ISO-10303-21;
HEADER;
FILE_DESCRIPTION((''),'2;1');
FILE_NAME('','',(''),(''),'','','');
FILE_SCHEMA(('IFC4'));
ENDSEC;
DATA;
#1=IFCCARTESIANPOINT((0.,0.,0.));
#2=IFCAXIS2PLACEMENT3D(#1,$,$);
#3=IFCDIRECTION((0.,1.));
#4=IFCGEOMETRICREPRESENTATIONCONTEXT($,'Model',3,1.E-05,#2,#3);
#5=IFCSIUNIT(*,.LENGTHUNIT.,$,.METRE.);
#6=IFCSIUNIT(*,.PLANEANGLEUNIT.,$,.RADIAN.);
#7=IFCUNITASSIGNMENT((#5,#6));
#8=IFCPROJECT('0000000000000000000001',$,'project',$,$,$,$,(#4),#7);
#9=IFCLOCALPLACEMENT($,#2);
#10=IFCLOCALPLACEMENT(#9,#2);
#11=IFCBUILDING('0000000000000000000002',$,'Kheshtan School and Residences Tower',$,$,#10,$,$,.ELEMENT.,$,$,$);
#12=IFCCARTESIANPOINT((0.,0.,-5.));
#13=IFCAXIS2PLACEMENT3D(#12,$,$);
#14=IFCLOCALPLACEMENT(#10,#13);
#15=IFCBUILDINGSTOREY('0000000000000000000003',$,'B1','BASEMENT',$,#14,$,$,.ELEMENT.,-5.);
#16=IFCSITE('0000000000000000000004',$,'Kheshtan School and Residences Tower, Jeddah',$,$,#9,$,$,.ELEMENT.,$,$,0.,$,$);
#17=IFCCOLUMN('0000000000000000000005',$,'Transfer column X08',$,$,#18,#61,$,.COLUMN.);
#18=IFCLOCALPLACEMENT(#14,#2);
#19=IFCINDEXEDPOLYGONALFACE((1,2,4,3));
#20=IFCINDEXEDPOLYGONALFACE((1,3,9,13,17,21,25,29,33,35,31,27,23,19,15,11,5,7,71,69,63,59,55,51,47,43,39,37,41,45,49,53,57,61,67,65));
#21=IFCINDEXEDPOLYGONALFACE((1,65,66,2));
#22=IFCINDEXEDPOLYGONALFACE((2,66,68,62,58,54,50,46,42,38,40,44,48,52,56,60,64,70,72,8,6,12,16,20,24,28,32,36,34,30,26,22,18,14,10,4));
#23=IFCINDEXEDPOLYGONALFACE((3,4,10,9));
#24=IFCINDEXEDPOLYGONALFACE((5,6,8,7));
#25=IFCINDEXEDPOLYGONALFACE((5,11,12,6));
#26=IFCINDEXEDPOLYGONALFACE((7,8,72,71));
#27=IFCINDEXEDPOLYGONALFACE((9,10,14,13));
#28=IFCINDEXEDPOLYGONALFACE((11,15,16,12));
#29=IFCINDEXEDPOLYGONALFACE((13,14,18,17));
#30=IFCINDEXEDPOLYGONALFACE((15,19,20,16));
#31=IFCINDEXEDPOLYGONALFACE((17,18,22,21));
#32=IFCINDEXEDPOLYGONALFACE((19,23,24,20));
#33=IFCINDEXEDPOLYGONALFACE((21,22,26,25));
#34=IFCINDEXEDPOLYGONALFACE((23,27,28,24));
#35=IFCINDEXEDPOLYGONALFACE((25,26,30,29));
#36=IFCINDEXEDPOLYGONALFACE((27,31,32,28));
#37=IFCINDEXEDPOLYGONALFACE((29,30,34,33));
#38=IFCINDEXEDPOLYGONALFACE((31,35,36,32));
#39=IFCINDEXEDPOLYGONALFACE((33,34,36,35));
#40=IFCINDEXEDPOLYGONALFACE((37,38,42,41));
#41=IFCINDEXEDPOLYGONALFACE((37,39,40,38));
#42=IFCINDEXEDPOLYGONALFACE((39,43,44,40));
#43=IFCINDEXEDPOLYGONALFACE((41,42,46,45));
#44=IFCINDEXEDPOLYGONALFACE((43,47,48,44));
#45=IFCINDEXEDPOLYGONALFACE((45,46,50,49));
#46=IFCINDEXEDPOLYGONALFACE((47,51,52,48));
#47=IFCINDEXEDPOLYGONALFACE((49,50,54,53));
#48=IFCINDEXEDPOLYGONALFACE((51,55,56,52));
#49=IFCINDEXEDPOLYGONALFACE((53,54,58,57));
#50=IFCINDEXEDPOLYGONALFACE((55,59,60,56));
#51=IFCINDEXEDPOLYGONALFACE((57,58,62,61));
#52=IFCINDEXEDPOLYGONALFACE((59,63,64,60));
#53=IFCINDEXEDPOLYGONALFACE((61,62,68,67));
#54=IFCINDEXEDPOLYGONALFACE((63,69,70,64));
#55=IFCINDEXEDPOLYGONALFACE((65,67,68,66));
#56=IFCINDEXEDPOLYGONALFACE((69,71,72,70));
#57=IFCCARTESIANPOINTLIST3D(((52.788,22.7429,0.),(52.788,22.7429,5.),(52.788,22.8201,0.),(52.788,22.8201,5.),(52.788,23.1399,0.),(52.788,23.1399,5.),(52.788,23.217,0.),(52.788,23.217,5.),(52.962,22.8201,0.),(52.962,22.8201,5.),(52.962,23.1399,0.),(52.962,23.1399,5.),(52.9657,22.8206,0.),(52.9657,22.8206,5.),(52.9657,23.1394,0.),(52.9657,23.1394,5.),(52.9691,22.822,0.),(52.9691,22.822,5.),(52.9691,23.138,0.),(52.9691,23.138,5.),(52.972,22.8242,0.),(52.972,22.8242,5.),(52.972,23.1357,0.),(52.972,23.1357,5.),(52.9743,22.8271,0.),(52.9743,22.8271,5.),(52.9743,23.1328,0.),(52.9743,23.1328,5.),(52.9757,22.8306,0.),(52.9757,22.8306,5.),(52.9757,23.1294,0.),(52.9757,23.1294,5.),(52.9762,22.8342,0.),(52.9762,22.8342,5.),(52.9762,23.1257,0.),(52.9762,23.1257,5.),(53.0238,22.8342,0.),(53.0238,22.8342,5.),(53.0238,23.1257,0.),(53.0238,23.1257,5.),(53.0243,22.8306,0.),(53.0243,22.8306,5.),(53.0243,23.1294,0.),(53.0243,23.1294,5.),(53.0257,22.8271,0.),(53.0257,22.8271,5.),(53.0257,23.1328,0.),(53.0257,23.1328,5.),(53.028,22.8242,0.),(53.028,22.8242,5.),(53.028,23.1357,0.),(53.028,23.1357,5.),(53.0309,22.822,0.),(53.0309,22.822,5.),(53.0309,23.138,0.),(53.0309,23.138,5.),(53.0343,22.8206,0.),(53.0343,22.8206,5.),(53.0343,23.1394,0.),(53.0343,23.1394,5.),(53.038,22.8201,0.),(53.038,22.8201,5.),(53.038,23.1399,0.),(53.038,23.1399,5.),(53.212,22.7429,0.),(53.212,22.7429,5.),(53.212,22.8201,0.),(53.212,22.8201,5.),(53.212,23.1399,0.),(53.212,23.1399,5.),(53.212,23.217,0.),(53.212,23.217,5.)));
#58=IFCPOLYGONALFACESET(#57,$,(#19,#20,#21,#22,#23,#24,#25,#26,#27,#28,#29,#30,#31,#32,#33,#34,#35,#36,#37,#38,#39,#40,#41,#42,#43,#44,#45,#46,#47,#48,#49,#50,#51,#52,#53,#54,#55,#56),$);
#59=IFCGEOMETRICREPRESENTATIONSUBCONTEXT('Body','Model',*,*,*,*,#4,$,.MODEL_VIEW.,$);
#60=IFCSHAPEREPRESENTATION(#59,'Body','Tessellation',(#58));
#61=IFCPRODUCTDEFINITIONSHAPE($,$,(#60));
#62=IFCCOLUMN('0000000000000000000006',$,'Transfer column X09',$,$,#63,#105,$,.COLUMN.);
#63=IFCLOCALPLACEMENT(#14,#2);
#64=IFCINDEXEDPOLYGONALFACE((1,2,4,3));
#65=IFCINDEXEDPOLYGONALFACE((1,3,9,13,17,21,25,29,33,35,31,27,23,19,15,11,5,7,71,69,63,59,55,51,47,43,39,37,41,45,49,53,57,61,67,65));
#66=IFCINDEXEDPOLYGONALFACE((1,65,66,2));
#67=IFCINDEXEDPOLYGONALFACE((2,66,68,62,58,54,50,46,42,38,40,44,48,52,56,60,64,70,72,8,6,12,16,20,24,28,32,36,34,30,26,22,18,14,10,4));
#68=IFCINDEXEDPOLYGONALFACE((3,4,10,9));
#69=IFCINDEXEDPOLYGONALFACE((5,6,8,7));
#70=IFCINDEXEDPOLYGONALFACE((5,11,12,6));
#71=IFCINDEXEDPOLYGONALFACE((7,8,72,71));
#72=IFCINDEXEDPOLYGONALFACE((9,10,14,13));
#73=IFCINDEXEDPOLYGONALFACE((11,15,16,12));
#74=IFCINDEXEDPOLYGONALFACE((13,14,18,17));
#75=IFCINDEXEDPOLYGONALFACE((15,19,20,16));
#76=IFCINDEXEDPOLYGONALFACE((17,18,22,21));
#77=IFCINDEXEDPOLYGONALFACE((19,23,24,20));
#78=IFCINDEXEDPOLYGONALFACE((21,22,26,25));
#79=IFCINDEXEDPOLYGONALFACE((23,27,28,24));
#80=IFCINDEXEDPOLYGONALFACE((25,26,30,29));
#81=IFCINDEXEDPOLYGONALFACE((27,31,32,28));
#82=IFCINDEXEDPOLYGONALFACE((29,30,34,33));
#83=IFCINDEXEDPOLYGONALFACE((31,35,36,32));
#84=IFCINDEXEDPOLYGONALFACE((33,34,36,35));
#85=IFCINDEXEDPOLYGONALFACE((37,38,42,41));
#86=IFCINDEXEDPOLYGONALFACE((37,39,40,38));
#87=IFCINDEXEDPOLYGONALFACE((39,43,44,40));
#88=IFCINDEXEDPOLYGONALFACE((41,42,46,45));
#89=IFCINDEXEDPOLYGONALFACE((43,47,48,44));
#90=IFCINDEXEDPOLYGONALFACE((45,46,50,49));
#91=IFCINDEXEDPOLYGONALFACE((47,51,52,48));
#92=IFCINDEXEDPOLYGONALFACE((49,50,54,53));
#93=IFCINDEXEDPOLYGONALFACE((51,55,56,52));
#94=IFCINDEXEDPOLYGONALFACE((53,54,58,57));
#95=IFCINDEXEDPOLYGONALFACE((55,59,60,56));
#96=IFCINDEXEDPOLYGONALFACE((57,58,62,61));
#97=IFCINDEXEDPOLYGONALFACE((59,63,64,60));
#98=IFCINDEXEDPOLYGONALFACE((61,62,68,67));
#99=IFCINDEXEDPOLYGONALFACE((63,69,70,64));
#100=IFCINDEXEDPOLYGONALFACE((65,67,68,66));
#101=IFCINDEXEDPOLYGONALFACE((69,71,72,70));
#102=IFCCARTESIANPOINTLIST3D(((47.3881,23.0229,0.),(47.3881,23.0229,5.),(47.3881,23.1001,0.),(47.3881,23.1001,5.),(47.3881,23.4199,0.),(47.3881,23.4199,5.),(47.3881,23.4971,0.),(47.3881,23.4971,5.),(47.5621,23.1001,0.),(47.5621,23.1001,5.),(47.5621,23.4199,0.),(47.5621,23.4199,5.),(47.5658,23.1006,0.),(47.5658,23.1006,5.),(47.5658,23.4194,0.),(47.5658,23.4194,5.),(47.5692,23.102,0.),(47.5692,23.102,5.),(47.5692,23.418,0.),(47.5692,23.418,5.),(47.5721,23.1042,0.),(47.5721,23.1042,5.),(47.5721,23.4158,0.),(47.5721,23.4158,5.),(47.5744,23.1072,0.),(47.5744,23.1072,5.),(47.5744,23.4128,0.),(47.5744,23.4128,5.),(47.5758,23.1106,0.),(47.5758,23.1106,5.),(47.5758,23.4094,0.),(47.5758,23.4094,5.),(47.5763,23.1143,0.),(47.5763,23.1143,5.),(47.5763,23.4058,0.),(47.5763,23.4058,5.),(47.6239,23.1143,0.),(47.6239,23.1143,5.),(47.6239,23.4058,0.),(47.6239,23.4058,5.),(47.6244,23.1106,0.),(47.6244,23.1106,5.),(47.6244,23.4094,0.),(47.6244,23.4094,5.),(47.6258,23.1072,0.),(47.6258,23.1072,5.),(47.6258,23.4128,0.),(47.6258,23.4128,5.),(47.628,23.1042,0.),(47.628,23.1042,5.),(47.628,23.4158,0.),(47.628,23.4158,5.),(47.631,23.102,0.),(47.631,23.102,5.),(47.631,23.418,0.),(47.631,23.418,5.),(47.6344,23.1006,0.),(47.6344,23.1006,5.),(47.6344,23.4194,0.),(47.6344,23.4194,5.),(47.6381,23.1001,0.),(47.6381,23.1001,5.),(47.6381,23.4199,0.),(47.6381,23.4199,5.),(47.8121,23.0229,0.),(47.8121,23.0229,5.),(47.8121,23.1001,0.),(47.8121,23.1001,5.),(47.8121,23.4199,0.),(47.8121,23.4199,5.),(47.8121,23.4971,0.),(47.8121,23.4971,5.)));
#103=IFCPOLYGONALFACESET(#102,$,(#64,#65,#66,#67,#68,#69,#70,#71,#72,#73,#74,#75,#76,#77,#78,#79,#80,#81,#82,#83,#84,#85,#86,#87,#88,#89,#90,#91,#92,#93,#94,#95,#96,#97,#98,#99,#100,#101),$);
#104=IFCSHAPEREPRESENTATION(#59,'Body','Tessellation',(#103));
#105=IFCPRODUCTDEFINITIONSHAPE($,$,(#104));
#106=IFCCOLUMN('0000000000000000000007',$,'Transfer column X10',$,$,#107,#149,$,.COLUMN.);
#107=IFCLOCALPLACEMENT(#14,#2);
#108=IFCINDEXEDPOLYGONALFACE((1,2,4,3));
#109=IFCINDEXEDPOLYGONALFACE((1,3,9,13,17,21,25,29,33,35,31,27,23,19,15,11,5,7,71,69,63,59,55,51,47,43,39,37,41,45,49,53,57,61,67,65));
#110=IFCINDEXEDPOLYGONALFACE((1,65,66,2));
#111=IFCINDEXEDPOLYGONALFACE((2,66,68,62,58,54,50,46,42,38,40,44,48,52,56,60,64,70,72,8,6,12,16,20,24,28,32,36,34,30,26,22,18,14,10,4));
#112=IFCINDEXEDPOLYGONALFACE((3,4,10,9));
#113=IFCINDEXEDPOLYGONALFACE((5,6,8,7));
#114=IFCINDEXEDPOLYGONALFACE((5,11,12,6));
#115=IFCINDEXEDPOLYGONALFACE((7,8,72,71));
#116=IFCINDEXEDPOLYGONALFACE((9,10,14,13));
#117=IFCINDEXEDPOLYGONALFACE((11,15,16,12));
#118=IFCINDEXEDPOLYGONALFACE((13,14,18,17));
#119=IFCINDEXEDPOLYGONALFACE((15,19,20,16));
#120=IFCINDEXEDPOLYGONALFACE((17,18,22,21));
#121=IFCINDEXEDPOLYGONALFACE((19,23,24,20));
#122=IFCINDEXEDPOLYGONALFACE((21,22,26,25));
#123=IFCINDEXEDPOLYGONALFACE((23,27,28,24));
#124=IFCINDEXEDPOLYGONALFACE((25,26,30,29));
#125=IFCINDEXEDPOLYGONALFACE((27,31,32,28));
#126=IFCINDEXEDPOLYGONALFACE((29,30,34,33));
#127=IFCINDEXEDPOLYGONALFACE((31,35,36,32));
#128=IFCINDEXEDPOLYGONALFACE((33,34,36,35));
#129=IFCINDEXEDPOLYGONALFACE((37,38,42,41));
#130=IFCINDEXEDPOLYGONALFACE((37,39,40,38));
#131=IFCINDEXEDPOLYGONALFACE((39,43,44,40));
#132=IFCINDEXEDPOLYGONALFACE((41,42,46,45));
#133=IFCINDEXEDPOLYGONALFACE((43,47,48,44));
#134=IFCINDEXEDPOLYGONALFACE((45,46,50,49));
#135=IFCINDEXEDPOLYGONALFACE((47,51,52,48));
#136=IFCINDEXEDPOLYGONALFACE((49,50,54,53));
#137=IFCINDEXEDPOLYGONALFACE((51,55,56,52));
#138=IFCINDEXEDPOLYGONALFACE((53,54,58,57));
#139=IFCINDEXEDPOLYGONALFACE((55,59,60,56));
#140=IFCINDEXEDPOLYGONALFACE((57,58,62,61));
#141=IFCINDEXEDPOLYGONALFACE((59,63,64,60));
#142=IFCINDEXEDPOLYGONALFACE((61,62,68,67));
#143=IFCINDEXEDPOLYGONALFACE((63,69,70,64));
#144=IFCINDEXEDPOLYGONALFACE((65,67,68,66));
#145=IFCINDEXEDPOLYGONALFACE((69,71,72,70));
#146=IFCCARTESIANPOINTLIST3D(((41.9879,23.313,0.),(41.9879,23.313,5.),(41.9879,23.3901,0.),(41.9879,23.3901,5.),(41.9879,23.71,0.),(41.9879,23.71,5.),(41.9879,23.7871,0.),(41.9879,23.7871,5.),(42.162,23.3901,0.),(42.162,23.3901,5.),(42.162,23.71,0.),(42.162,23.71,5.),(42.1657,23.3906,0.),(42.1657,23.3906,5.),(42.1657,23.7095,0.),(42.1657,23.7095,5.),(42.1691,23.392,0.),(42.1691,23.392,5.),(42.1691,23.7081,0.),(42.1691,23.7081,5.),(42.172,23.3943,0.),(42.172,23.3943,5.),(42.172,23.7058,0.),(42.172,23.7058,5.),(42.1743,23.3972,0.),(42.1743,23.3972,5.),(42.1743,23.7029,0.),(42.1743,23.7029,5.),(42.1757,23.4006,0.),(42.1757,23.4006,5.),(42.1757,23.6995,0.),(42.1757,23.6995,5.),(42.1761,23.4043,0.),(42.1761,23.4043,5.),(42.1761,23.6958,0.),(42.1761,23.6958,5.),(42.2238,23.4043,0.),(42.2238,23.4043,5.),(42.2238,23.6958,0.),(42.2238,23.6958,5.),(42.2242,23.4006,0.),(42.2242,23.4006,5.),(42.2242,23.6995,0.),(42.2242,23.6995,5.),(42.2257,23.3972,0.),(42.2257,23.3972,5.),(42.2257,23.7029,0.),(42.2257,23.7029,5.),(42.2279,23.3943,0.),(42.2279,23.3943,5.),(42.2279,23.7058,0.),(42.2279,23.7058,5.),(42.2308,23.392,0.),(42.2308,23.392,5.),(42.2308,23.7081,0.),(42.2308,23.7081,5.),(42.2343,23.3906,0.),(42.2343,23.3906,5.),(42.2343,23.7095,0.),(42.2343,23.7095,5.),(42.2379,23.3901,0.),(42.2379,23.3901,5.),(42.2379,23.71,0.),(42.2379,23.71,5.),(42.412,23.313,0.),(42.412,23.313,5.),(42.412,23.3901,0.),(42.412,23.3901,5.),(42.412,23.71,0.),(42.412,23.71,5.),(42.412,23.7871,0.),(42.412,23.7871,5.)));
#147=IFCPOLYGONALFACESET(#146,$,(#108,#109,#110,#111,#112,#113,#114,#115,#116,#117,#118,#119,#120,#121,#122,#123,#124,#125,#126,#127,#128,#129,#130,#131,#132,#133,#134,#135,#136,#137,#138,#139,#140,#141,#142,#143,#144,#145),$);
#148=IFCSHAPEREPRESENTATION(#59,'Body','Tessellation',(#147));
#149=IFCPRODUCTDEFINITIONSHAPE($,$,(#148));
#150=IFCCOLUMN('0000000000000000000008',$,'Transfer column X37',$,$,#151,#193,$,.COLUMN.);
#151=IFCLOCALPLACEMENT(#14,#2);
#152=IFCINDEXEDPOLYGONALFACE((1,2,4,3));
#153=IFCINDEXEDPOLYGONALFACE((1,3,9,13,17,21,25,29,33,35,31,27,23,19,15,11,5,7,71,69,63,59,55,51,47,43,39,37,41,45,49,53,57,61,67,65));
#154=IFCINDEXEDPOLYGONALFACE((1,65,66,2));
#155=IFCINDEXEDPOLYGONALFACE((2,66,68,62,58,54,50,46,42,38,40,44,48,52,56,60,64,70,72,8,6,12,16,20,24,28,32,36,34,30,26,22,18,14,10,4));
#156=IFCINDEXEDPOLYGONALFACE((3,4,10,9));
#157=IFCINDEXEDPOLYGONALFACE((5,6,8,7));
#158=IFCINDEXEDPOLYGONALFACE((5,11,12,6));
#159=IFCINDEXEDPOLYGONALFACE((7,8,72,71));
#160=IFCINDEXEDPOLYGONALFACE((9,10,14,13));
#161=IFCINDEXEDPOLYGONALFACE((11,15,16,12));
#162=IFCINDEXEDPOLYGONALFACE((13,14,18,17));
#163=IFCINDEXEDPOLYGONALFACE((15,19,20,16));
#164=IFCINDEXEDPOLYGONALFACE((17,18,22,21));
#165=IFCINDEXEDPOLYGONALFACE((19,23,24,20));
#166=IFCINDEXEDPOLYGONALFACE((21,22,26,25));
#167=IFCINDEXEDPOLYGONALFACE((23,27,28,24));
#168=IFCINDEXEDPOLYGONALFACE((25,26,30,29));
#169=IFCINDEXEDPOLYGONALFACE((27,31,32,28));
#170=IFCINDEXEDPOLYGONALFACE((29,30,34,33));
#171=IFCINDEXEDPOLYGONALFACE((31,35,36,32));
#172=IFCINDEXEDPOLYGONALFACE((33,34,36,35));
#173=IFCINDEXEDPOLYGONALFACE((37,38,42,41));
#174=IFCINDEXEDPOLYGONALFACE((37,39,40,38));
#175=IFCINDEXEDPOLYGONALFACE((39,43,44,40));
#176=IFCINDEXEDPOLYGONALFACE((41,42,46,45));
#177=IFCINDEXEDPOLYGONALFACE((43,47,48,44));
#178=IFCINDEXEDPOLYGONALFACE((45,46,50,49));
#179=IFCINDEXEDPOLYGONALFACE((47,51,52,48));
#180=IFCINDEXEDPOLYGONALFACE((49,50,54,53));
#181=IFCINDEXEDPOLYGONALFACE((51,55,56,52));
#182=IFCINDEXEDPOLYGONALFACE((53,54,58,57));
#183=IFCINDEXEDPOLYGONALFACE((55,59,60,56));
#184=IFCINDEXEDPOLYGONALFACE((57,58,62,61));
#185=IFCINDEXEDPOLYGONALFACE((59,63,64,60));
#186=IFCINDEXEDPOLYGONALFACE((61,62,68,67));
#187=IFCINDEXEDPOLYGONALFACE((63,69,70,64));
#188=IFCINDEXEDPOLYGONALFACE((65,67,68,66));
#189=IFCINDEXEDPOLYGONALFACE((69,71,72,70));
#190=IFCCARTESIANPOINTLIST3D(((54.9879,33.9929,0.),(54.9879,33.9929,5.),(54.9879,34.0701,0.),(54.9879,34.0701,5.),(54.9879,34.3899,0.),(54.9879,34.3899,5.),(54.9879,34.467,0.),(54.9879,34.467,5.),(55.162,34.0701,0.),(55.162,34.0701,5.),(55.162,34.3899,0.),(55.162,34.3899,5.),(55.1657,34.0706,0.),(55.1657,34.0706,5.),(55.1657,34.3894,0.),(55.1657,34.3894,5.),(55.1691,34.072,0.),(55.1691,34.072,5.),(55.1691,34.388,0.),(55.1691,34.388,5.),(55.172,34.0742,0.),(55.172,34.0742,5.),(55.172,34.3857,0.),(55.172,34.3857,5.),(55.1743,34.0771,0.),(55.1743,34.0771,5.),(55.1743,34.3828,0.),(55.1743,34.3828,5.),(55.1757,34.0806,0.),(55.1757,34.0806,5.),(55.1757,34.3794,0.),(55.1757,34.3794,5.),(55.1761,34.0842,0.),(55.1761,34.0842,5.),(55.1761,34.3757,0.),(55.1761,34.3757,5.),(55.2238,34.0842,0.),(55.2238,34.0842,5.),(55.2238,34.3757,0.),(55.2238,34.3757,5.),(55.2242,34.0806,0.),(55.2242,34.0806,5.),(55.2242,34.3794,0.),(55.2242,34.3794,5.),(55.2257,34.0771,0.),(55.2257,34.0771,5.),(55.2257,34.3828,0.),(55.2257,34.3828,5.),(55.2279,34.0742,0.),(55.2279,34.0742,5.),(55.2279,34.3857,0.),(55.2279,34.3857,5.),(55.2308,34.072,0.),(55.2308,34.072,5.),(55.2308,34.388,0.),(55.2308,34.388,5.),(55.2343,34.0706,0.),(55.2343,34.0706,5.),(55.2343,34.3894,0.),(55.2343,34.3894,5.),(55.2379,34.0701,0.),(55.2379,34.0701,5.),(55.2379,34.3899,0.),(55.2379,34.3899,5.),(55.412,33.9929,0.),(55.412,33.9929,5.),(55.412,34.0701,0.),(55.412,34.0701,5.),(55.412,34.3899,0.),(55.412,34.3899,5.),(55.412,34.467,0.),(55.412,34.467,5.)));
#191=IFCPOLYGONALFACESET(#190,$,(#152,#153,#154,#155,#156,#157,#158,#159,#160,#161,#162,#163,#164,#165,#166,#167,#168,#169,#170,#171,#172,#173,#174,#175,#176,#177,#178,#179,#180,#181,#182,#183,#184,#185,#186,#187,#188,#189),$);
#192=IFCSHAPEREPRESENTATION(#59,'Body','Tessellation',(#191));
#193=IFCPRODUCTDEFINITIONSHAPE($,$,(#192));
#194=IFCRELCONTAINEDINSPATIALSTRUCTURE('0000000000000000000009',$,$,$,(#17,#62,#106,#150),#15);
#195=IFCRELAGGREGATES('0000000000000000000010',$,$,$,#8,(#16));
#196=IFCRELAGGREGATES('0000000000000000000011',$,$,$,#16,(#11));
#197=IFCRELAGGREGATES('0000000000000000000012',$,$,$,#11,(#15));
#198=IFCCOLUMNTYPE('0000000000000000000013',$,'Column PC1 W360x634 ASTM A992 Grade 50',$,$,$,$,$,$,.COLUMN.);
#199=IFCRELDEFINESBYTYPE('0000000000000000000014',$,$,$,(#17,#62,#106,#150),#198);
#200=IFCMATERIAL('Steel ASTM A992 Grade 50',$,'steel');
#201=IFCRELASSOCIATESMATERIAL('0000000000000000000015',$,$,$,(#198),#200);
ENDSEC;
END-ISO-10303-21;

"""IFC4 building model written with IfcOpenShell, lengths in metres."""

from ifc_helpers import new_model, si_unit, direction, frame, origin, origin_2d, place, context, subcontext, project, spatial, i_section, extrude, material, material_profile, profile_set, type_object, element, save


model = new_model("IFC4")

# Units and contexts
model_context = context("Model", 3, precision=1e-05, world=origin(), true_north=direction((0.0, 1.0)))
body_context = subcontext(model_context, "Body", "Model", "MODEL_VIEW")
ifc_project = project(units=[si_unit("LENGTHUNIT", "METRE"), si_unit("PLANEANGLEUNIT", "RADIAN")], contexts=[model_context])

# Site, building, storey
site_placement = place(None, origin())
site = spatial("IfcSite", under=ifc_project, at=site_placement, Name="Kheshtan School and Residences Tower, Jeddah", CompositionType="ELEMENT", RefElevation=0.0)
building_placement = place(site_placement, origin())
building = spatial("IfcBuilding", under=site, at=building_placement, Name="Kheshtan School and Residences Tower", CompositionType="ELEMENT")
storey_placement = place(building_placement, frame((0.0, 0.0, -5.0)))
storey = spatial("IfcBuildingStorey", under=building, at=storey_placement, Name="B1", Description="BASEMENT", CompositionType="ELEMENT", Elevation=-5.0)

# Columns
ifc_material_1 = material(Name="Steel ASTM A992 Grade 50", Category="steel")
ifc_material_profile_1 = material_profile(ifc_material_1, i_section(OverallWidth=0.4241, OverallDepth=0.4741, WebThickness=0.0476, FlangeThickness=0.0771, FilletRadius=0.0142, at=origin_2d()), Name="W360x634")
ifc_profile_set_1 = profile_set([ifc_material_profile_1], Name="Steel ASTM A992 Grade 50")
column_type = type_object("IfcColumnType", Name="Column PC1 W360x634 ASTM A992 Grade 50", PredefinedType="COLUMN", material=ifc_profile_set_1)
for number, where, z_axis, x_axis, name in (
    (1, (53.0, 22.98, 0.0), (0.0, 0.0, 1.0), (1.0, 0.0, 0.0), "Transfer column X08"),
    (2, (47.6001, 23.26, 0.0), (0.0, 0.0, 1.0), (1.0, 0.0, 0.0), "Transfer column X09"),
    (3, (42.2, 23.55, 0.0), (0.0, 0.0, 1.0), (1.0, 0.0, 0.0), "Transfer column X10"),
    (4, (55.2, 34.23, 0.0), (0.0, 0.0, 1.0), (1.0, 0.0, 0.0), "Transfer column X37"),
):
    element("IfcColumn", number, at=place(storey_placement, frame(where, z_axis=z_axis, x_axis=x_axis)), inside=storey, type_object=column_type, Name=name, PredefinedType="COLUMN", context=body_context, shape_type="SweptSolid", body=[
        extrude(i_section(OverallWidth=0.4241, OverallDepth=0.4741, WebThickness=0.0476, FlangeThickness=0.0771, FilletRadius=0.0142, at=origin_2d()), origin(), (0.0, 0.0, 1.0), 5.0),
    ])

save(model, "model.ifc")
